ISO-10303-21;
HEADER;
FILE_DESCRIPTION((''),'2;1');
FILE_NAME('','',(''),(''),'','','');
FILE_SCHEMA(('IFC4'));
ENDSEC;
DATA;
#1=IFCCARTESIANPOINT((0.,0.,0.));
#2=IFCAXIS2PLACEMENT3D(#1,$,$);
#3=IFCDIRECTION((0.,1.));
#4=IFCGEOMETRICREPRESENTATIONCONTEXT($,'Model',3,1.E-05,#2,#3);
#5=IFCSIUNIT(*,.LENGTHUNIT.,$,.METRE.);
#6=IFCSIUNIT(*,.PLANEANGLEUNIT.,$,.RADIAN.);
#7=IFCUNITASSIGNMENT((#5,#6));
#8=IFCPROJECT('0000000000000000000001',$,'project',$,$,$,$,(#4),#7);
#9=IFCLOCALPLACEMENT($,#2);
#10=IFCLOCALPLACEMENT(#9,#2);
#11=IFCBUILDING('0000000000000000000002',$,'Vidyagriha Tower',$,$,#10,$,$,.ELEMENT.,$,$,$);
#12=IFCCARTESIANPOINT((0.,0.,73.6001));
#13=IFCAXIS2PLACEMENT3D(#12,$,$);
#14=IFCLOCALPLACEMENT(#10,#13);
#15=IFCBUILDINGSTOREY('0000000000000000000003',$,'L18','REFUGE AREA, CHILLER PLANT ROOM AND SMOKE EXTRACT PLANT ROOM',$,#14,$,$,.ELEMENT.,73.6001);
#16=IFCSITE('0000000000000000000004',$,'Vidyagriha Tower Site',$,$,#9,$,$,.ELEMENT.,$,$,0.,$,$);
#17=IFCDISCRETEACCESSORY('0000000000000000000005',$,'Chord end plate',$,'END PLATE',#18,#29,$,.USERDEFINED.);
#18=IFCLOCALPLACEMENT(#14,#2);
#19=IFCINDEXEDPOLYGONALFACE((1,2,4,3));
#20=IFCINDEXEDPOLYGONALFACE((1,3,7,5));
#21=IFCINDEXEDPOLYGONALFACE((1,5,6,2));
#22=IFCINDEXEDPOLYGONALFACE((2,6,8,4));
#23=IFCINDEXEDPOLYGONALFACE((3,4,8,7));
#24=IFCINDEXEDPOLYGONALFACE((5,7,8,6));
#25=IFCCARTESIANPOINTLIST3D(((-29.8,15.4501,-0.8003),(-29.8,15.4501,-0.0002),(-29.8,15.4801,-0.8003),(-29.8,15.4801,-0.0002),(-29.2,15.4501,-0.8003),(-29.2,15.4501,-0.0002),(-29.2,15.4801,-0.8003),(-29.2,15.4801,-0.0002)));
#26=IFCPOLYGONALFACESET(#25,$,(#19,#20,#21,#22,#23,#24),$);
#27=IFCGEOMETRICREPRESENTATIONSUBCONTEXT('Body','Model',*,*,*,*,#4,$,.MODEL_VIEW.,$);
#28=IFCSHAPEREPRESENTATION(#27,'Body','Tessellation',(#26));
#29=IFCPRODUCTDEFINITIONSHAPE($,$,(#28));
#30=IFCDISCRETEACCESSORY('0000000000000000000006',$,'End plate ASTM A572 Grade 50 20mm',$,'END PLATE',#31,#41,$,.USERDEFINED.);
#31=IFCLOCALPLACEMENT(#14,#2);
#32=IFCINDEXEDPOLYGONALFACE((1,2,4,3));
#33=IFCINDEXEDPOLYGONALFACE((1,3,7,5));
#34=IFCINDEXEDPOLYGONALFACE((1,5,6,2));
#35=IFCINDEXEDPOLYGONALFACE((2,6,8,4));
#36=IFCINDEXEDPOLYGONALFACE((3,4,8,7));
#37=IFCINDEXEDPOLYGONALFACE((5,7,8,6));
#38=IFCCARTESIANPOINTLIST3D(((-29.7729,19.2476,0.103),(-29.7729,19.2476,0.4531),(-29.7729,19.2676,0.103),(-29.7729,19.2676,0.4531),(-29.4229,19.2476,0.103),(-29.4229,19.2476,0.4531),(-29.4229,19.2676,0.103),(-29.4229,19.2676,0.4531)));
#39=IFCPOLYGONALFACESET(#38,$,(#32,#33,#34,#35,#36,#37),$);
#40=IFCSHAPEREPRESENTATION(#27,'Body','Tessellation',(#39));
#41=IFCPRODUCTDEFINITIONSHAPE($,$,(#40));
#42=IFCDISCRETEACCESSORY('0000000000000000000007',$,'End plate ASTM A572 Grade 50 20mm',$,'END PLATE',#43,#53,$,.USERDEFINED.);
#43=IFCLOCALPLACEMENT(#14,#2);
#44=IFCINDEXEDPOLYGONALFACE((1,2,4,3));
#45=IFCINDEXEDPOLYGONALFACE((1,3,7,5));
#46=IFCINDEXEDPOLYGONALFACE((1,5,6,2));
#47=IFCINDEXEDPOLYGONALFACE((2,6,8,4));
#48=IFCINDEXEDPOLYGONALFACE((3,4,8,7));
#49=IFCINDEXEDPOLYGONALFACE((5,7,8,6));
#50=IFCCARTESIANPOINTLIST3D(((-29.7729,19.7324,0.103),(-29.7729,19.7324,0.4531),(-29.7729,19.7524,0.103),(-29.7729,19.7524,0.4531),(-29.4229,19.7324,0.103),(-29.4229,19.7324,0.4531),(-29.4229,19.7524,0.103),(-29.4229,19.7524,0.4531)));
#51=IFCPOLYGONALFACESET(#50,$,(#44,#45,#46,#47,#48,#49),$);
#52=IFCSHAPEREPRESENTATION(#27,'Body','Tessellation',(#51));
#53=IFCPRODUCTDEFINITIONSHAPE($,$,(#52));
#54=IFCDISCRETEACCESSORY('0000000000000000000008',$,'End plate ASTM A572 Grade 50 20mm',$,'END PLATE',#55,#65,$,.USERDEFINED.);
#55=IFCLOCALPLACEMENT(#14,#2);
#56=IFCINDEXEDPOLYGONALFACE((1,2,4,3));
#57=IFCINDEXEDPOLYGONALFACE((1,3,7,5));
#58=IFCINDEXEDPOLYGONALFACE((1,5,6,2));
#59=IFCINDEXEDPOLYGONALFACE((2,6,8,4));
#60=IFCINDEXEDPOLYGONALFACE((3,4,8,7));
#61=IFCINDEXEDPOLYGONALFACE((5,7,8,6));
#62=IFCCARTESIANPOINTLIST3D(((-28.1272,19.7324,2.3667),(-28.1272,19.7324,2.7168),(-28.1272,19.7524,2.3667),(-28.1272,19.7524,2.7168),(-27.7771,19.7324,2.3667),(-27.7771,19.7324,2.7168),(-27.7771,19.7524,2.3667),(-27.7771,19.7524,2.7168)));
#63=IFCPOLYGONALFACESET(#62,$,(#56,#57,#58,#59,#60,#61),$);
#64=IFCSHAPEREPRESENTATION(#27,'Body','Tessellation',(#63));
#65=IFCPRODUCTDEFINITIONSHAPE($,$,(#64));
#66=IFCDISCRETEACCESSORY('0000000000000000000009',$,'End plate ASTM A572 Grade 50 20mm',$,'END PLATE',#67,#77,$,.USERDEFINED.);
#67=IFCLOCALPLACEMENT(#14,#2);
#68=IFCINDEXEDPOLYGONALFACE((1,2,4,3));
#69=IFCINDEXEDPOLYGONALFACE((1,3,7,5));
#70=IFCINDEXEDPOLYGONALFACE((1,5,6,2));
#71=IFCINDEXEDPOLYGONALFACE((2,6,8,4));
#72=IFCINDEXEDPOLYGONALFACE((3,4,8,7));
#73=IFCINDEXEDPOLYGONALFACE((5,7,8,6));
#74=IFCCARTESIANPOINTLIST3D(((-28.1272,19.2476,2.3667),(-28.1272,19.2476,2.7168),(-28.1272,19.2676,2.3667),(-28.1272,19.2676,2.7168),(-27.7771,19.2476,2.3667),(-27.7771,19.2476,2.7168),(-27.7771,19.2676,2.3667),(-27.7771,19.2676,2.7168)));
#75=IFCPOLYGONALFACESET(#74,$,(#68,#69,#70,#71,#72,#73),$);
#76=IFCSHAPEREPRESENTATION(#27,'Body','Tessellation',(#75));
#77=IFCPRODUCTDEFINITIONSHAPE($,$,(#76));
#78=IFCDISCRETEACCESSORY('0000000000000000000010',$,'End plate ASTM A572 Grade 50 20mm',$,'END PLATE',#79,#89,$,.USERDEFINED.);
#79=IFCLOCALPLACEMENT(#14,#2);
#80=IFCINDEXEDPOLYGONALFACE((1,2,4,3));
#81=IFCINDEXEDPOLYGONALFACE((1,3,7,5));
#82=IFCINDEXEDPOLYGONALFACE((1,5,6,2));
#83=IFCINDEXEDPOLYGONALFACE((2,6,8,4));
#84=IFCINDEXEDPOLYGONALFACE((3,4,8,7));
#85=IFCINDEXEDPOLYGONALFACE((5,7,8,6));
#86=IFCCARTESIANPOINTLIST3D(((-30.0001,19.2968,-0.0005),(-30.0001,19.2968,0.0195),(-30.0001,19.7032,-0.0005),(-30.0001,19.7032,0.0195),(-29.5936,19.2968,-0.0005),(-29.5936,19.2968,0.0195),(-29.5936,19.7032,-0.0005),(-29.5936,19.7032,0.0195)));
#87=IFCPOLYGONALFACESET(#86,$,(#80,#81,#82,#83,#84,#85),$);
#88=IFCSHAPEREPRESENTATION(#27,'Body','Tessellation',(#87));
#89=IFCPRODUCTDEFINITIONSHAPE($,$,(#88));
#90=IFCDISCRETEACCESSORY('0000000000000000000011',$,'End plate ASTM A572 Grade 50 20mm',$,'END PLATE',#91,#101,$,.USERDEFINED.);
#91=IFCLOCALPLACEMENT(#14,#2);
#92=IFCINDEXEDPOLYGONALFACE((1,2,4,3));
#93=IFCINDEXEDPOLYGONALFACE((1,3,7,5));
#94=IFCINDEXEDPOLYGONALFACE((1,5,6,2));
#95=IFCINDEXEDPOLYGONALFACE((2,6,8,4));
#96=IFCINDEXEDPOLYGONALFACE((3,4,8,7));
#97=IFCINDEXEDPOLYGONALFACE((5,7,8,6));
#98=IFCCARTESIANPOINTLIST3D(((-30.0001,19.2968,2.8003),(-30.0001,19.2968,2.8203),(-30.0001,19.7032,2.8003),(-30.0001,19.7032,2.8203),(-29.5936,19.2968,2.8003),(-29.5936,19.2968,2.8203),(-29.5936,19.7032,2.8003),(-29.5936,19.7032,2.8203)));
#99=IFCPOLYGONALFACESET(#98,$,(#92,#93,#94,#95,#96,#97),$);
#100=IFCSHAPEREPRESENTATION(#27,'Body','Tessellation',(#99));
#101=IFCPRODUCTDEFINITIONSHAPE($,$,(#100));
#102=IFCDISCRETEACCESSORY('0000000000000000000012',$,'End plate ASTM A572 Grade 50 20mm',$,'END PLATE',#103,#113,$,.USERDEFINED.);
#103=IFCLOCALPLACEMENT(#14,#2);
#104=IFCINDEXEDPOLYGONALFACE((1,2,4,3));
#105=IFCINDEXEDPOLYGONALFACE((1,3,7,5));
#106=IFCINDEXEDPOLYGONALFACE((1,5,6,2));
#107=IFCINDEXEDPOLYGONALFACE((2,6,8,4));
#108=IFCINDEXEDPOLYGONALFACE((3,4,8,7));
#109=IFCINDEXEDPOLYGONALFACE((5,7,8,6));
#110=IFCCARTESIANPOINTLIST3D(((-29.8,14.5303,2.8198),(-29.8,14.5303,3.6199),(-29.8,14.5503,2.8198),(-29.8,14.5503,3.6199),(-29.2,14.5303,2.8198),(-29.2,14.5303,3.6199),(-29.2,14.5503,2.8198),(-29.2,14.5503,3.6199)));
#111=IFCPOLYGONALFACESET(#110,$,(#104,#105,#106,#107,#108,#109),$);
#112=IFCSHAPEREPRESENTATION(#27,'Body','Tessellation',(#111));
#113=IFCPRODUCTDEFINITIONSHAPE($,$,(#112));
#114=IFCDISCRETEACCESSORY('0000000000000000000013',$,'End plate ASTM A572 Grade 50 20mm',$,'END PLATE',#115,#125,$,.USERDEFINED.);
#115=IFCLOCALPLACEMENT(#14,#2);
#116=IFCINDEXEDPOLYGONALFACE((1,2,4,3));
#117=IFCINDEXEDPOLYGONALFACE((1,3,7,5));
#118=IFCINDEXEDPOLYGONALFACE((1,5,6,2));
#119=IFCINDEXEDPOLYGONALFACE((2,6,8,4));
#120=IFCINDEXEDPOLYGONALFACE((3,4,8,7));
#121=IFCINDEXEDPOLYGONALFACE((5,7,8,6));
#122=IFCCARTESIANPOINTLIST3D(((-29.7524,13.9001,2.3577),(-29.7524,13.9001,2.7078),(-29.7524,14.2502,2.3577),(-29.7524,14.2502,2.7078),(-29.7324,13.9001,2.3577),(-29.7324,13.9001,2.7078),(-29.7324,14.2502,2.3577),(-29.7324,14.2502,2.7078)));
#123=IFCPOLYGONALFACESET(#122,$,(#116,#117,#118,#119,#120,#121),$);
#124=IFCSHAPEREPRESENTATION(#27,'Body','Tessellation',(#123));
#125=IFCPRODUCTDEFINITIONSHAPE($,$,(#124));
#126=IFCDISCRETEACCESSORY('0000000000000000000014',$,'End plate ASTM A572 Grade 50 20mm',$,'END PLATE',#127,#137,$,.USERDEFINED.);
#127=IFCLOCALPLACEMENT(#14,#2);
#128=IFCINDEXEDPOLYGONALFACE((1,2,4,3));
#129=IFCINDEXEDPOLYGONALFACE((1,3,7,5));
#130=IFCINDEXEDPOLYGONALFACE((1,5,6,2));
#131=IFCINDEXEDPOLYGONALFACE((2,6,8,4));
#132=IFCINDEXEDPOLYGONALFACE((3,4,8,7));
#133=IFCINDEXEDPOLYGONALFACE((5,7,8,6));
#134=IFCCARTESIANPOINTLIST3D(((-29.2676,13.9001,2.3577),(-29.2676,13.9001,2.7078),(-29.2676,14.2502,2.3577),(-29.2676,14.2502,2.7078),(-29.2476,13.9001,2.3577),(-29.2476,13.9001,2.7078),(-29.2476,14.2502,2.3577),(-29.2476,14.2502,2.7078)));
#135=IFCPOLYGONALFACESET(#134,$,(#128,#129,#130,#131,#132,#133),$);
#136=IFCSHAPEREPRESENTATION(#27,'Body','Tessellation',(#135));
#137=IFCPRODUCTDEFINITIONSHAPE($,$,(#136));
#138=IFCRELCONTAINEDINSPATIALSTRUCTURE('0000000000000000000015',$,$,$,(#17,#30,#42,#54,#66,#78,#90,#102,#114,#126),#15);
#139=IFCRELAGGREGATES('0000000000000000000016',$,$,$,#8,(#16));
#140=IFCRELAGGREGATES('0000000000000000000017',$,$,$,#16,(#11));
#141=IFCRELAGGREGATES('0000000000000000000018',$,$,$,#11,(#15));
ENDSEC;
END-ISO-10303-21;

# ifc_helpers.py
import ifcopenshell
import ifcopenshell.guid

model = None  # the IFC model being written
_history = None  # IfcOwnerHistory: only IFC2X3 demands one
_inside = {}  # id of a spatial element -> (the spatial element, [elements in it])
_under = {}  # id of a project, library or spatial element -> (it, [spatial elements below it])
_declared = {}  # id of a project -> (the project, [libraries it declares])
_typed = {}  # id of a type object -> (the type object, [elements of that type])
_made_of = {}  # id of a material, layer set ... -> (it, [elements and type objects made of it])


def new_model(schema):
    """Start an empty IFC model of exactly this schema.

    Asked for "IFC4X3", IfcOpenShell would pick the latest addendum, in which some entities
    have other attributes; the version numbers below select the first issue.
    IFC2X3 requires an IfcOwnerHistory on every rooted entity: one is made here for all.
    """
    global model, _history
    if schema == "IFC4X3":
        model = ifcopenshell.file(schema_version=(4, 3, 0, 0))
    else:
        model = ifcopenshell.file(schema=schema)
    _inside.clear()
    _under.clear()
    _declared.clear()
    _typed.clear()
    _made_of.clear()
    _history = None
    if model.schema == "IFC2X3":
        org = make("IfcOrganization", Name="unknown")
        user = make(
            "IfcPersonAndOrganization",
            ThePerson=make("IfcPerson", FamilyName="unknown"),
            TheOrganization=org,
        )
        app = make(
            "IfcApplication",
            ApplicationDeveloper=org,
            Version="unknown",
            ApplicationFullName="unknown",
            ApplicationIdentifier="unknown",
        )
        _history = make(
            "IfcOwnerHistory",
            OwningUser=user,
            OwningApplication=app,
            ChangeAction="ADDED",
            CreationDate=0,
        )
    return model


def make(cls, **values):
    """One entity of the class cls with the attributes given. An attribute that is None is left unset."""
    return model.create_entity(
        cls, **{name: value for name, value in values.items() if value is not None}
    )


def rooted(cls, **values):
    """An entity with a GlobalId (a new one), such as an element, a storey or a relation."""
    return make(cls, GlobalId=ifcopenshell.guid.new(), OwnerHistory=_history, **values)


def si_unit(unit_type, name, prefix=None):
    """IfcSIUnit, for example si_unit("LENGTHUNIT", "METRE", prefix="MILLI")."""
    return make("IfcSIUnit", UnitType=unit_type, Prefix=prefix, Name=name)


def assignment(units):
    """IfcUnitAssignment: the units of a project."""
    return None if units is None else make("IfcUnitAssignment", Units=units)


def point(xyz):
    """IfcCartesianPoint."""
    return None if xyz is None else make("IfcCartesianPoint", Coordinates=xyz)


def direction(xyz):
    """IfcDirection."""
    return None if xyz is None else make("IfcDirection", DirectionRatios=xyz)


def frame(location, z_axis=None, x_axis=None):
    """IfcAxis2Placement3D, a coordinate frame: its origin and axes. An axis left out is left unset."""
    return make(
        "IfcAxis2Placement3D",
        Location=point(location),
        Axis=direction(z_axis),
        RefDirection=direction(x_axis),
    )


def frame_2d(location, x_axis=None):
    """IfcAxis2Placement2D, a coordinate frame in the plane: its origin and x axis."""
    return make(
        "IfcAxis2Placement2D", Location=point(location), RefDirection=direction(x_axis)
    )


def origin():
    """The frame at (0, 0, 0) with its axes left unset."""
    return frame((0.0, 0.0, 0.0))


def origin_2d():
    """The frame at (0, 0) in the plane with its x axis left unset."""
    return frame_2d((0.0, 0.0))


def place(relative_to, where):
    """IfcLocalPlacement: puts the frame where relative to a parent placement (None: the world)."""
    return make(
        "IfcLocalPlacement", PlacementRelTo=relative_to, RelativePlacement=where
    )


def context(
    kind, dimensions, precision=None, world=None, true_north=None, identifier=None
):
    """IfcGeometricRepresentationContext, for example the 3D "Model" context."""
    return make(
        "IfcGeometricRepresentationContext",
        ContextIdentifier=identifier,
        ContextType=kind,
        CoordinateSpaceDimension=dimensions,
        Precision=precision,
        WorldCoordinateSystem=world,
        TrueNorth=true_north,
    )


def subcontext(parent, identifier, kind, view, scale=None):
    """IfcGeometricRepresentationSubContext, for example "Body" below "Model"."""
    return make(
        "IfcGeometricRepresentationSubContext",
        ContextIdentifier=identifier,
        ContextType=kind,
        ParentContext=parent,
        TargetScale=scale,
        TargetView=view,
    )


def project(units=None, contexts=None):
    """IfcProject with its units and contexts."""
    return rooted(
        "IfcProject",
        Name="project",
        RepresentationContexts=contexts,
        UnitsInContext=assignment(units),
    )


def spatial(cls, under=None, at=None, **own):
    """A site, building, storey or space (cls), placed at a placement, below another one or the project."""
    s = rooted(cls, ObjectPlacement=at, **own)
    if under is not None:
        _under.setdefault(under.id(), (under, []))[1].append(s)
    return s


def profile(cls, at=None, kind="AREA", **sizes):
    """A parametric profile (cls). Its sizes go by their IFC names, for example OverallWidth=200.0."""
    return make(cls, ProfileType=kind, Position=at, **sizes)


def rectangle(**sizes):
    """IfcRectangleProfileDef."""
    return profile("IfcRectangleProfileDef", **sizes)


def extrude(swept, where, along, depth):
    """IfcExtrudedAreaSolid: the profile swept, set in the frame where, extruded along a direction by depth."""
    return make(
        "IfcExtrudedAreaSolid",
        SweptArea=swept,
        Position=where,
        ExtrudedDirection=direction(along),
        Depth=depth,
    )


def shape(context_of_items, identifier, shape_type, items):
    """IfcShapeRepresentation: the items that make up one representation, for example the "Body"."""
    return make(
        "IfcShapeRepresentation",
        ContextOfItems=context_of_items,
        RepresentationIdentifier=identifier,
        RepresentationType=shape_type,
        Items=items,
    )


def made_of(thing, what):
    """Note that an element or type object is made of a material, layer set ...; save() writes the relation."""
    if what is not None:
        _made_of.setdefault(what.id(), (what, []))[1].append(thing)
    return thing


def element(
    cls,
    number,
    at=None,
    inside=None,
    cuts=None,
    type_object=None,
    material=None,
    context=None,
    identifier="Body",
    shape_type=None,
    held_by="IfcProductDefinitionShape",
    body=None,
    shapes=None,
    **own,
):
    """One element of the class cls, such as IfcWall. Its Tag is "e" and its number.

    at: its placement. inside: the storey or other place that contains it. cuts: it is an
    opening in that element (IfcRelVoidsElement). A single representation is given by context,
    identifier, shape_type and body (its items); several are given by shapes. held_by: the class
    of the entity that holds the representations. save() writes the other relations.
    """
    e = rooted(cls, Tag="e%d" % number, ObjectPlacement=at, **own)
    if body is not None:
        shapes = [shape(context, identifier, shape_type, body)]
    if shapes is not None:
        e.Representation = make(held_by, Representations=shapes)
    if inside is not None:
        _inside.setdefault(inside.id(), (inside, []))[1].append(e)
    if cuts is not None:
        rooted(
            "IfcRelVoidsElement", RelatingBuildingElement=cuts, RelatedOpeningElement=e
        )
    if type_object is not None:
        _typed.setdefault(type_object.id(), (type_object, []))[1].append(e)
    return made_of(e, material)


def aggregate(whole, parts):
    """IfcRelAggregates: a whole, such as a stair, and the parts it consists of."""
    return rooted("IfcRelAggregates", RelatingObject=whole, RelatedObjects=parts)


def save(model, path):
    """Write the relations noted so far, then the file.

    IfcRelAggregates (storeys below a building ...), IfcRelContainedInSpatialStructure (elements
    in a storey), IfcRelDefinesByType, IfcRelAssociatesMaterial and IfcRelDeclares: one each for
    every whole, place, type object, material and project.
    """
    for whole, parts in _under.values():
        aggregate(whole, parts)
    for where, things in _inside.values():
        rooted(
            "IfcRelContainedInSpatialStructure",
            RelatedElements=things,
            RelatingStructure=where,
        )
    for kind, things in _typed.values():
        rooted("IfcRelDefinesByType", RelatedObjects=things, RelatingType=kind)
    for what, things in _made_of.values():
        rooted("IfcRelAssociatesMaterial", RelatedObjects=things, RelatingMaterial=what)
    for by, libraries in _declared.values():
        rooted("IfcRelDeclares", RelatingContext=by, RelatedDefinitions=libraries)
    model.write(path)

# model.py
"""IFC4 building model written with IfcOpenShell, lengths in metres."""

from ifc_helpers import new_model, si_unit, direction, frame, origin, origin_2d, place, context, subcontext, project, spatial, rectangle, extrude, element, save


model = new_model("IFC4")

# Units and contexts
model_context = context("Model", 3, precision=1e-05, world=origin(), true_north=direction((0.0, 1.0)))
body_context = subcontext(model_context, "Body", "Model", "MODEL_VIEW")
ifc_project = project(units=[si_unit("LENGTHUNIT", "METRE"), si_unit("PLANEANGLEUNIT", "RADIAN")], contexts=[model_context])

# Site, building, storey
site_placement = place(None, origin())
site = spatial("IfcSite", under=ifc_project, at=site_placement, Name="Vidyagriha Tower Site", CompositionType="ELEMENT", RefElevation=0.0)
building_placement = place(site_placement, origin())
building = spatial("IfcBuilding", under=site, at=building_placement, Name="Vidyagriha Tower", CompositionType="ELEMENT")
storey_placement = place(building_placement, frame((0.0, 0.0, 73.6001)))
storey = spatial("IfcBuildingStorey", under=building, at=storey_placement, Name="L18", Description="REFUGE AREA, CHILLER PLANT ROOM AND SMOKE EXTRACT PLANT ROOM", CompositionType="ELEMENT", Elevation=73.6001)

# Discrete accessories
for number, where, z_axis, x_axis, name in (
    (1, (-29.5, 15.4651, -0.8003), (0.0, 0.0, 1.0), (0.0, 1.0, 0.0), "Chord end plate"),
):
    element("IfcDiscreteAccessory", number, at=place(storey_placement, frame(where, z_axis=z_axis, x_axis=x_axis)), inside=storey, Name=name, ObjectType="END PLATE", PredefinedType="USERDEFINED", context=body_context, shape_type="SweptSolid", body=[
        extrude(rectangle(XDim=0.03, YDim=0.6001, at=origin_2d()), origin(), (0.0, 0.0, 1.0), 0.8),
    ])
for number, where, z_axis, x_axis, name in (
    (2, (-29.5979, 19.2576, 0.103), (0.0, 0.0, 1.0), (-1.0, 0.0, 0.0), "End plate ASTM A572 Grade 50 20mm"),
    (3, (-29.5979, 19.7424, 0.103), (0.0, 0.0, 1.0), (-1.0, 0.0, 0.0), "End plate ASTM A572 Grade 50 20mm"),
):
    element("IfcDiscreteAccessory", number, at=place(storey_placement, frame(where, z_axis=z_axis, x_axis=x_axis)), inside=storey, Name=name, ObjectType="END PLATE", PredefinedType="USERDEFINED", context=body_context, shape_type="SweptSolid", body=[
        extrude(rectangle(XDim=0.3501, YDim=0.02, at=origin_2d()), origin(), (0.0, 0.0, 1.0), 0.3501),
    ])
for number, where, name in (
    (4, (-27.9521, 19.7424, 2.3667), "End plate ASTM A572 Grade 50 20mm"),
    (5, (-27.9521, 19.2576, 2.3667), "End plate ASTM A572 Grade 50 20mm"),
):
    element("IfcDiscreteAccessory", number, at=place(storey_placement, frame(where)), inside=storey, Name=name, ObjectType="END PLATE", PredefinedType="USERDEFINED", context=body_context, shape_type="SweptSolid", body=[
        extrude(rectangle(XDim=0.3501, YDim=0.02, at=origin_2d()), origin(), (0.0, 0.0, 1.0), 0.3501),
    ])
for number, where, name in (
    (6, (-29.7969, 19.5, -0.0005), "End plate ASTM A572 Grade 50 20mm"),
    (7, (-29.7969, 19.5, 2.8003), "End plate ASTM A572 Grade 50 20mm"),
):
    element("IfcDiscreteAccessory", number, at=place(storey_placement, frame(where)), inside=storey, Name=name, ObjectType="END PLATE", PredefinedType="USERDEFINED", context=body_context, shape_type="SweptSolid", body=[
        extrude(rectangle(XDim=0.4065, YDim=0.4065, at=origin_2d()), origin(), (0.0, 0.0, 1.0), 0.02),
    ])
discrete_accessory_placement = place(storey_placement, frame((-29.5, 14.5403, 2.8198), z_axis=(0.0, 0.0, 1.0), x_axis=(0.0, 1.0, 0.0)))
element("IfcDiscreteAccessory", 8, at=discrete_accessory_placement, inside=storey, Name="End plate ASTM A572 Grade 50 20mm", ObjectType="END PLATE", PredefinedType="USERDEFINED", context=body_context, shape_type="SweptSolid", body=[
    extrude(rectangle(XDim=0.02, YDim=0.6001, at=origin_2d()), origin(), (0.0, 0.0, 1.0), 0.8),
])
for number, where, z_axis, x_axis, name in (
    (9, (-29.7424, 14.0752, 2.3577), (0.0, 0.0, 1.0), (0.0, 1.0, 0.0), "End plate ASTM A572 Grade 50 20mm"),
    (10, (-29.2576, 14.0752, 2.3577), (0.0, 0.0, 1.0), (0.0, 1.0, 0.0), "End plate ASTM A572 Grade 50 20mm"),
):
    element("IfcDiscreteAccessory", number, at=place(storey_placement, frame(where, z_axis=z_axis, x_axis=x_axis)), inside=storey, Name=name, ObjectType="END PLATE", PredefinedType="USERDEFINED", context=body_context, shape_type="SweptSolid", body=[
        extrude(rectangle(XDim=0.3501, YDim=0.02, at=origin_2d()), origin(), (0.0, 0.0, 1.0), 0.3501),
    ])

save(model, "model.ifc")
